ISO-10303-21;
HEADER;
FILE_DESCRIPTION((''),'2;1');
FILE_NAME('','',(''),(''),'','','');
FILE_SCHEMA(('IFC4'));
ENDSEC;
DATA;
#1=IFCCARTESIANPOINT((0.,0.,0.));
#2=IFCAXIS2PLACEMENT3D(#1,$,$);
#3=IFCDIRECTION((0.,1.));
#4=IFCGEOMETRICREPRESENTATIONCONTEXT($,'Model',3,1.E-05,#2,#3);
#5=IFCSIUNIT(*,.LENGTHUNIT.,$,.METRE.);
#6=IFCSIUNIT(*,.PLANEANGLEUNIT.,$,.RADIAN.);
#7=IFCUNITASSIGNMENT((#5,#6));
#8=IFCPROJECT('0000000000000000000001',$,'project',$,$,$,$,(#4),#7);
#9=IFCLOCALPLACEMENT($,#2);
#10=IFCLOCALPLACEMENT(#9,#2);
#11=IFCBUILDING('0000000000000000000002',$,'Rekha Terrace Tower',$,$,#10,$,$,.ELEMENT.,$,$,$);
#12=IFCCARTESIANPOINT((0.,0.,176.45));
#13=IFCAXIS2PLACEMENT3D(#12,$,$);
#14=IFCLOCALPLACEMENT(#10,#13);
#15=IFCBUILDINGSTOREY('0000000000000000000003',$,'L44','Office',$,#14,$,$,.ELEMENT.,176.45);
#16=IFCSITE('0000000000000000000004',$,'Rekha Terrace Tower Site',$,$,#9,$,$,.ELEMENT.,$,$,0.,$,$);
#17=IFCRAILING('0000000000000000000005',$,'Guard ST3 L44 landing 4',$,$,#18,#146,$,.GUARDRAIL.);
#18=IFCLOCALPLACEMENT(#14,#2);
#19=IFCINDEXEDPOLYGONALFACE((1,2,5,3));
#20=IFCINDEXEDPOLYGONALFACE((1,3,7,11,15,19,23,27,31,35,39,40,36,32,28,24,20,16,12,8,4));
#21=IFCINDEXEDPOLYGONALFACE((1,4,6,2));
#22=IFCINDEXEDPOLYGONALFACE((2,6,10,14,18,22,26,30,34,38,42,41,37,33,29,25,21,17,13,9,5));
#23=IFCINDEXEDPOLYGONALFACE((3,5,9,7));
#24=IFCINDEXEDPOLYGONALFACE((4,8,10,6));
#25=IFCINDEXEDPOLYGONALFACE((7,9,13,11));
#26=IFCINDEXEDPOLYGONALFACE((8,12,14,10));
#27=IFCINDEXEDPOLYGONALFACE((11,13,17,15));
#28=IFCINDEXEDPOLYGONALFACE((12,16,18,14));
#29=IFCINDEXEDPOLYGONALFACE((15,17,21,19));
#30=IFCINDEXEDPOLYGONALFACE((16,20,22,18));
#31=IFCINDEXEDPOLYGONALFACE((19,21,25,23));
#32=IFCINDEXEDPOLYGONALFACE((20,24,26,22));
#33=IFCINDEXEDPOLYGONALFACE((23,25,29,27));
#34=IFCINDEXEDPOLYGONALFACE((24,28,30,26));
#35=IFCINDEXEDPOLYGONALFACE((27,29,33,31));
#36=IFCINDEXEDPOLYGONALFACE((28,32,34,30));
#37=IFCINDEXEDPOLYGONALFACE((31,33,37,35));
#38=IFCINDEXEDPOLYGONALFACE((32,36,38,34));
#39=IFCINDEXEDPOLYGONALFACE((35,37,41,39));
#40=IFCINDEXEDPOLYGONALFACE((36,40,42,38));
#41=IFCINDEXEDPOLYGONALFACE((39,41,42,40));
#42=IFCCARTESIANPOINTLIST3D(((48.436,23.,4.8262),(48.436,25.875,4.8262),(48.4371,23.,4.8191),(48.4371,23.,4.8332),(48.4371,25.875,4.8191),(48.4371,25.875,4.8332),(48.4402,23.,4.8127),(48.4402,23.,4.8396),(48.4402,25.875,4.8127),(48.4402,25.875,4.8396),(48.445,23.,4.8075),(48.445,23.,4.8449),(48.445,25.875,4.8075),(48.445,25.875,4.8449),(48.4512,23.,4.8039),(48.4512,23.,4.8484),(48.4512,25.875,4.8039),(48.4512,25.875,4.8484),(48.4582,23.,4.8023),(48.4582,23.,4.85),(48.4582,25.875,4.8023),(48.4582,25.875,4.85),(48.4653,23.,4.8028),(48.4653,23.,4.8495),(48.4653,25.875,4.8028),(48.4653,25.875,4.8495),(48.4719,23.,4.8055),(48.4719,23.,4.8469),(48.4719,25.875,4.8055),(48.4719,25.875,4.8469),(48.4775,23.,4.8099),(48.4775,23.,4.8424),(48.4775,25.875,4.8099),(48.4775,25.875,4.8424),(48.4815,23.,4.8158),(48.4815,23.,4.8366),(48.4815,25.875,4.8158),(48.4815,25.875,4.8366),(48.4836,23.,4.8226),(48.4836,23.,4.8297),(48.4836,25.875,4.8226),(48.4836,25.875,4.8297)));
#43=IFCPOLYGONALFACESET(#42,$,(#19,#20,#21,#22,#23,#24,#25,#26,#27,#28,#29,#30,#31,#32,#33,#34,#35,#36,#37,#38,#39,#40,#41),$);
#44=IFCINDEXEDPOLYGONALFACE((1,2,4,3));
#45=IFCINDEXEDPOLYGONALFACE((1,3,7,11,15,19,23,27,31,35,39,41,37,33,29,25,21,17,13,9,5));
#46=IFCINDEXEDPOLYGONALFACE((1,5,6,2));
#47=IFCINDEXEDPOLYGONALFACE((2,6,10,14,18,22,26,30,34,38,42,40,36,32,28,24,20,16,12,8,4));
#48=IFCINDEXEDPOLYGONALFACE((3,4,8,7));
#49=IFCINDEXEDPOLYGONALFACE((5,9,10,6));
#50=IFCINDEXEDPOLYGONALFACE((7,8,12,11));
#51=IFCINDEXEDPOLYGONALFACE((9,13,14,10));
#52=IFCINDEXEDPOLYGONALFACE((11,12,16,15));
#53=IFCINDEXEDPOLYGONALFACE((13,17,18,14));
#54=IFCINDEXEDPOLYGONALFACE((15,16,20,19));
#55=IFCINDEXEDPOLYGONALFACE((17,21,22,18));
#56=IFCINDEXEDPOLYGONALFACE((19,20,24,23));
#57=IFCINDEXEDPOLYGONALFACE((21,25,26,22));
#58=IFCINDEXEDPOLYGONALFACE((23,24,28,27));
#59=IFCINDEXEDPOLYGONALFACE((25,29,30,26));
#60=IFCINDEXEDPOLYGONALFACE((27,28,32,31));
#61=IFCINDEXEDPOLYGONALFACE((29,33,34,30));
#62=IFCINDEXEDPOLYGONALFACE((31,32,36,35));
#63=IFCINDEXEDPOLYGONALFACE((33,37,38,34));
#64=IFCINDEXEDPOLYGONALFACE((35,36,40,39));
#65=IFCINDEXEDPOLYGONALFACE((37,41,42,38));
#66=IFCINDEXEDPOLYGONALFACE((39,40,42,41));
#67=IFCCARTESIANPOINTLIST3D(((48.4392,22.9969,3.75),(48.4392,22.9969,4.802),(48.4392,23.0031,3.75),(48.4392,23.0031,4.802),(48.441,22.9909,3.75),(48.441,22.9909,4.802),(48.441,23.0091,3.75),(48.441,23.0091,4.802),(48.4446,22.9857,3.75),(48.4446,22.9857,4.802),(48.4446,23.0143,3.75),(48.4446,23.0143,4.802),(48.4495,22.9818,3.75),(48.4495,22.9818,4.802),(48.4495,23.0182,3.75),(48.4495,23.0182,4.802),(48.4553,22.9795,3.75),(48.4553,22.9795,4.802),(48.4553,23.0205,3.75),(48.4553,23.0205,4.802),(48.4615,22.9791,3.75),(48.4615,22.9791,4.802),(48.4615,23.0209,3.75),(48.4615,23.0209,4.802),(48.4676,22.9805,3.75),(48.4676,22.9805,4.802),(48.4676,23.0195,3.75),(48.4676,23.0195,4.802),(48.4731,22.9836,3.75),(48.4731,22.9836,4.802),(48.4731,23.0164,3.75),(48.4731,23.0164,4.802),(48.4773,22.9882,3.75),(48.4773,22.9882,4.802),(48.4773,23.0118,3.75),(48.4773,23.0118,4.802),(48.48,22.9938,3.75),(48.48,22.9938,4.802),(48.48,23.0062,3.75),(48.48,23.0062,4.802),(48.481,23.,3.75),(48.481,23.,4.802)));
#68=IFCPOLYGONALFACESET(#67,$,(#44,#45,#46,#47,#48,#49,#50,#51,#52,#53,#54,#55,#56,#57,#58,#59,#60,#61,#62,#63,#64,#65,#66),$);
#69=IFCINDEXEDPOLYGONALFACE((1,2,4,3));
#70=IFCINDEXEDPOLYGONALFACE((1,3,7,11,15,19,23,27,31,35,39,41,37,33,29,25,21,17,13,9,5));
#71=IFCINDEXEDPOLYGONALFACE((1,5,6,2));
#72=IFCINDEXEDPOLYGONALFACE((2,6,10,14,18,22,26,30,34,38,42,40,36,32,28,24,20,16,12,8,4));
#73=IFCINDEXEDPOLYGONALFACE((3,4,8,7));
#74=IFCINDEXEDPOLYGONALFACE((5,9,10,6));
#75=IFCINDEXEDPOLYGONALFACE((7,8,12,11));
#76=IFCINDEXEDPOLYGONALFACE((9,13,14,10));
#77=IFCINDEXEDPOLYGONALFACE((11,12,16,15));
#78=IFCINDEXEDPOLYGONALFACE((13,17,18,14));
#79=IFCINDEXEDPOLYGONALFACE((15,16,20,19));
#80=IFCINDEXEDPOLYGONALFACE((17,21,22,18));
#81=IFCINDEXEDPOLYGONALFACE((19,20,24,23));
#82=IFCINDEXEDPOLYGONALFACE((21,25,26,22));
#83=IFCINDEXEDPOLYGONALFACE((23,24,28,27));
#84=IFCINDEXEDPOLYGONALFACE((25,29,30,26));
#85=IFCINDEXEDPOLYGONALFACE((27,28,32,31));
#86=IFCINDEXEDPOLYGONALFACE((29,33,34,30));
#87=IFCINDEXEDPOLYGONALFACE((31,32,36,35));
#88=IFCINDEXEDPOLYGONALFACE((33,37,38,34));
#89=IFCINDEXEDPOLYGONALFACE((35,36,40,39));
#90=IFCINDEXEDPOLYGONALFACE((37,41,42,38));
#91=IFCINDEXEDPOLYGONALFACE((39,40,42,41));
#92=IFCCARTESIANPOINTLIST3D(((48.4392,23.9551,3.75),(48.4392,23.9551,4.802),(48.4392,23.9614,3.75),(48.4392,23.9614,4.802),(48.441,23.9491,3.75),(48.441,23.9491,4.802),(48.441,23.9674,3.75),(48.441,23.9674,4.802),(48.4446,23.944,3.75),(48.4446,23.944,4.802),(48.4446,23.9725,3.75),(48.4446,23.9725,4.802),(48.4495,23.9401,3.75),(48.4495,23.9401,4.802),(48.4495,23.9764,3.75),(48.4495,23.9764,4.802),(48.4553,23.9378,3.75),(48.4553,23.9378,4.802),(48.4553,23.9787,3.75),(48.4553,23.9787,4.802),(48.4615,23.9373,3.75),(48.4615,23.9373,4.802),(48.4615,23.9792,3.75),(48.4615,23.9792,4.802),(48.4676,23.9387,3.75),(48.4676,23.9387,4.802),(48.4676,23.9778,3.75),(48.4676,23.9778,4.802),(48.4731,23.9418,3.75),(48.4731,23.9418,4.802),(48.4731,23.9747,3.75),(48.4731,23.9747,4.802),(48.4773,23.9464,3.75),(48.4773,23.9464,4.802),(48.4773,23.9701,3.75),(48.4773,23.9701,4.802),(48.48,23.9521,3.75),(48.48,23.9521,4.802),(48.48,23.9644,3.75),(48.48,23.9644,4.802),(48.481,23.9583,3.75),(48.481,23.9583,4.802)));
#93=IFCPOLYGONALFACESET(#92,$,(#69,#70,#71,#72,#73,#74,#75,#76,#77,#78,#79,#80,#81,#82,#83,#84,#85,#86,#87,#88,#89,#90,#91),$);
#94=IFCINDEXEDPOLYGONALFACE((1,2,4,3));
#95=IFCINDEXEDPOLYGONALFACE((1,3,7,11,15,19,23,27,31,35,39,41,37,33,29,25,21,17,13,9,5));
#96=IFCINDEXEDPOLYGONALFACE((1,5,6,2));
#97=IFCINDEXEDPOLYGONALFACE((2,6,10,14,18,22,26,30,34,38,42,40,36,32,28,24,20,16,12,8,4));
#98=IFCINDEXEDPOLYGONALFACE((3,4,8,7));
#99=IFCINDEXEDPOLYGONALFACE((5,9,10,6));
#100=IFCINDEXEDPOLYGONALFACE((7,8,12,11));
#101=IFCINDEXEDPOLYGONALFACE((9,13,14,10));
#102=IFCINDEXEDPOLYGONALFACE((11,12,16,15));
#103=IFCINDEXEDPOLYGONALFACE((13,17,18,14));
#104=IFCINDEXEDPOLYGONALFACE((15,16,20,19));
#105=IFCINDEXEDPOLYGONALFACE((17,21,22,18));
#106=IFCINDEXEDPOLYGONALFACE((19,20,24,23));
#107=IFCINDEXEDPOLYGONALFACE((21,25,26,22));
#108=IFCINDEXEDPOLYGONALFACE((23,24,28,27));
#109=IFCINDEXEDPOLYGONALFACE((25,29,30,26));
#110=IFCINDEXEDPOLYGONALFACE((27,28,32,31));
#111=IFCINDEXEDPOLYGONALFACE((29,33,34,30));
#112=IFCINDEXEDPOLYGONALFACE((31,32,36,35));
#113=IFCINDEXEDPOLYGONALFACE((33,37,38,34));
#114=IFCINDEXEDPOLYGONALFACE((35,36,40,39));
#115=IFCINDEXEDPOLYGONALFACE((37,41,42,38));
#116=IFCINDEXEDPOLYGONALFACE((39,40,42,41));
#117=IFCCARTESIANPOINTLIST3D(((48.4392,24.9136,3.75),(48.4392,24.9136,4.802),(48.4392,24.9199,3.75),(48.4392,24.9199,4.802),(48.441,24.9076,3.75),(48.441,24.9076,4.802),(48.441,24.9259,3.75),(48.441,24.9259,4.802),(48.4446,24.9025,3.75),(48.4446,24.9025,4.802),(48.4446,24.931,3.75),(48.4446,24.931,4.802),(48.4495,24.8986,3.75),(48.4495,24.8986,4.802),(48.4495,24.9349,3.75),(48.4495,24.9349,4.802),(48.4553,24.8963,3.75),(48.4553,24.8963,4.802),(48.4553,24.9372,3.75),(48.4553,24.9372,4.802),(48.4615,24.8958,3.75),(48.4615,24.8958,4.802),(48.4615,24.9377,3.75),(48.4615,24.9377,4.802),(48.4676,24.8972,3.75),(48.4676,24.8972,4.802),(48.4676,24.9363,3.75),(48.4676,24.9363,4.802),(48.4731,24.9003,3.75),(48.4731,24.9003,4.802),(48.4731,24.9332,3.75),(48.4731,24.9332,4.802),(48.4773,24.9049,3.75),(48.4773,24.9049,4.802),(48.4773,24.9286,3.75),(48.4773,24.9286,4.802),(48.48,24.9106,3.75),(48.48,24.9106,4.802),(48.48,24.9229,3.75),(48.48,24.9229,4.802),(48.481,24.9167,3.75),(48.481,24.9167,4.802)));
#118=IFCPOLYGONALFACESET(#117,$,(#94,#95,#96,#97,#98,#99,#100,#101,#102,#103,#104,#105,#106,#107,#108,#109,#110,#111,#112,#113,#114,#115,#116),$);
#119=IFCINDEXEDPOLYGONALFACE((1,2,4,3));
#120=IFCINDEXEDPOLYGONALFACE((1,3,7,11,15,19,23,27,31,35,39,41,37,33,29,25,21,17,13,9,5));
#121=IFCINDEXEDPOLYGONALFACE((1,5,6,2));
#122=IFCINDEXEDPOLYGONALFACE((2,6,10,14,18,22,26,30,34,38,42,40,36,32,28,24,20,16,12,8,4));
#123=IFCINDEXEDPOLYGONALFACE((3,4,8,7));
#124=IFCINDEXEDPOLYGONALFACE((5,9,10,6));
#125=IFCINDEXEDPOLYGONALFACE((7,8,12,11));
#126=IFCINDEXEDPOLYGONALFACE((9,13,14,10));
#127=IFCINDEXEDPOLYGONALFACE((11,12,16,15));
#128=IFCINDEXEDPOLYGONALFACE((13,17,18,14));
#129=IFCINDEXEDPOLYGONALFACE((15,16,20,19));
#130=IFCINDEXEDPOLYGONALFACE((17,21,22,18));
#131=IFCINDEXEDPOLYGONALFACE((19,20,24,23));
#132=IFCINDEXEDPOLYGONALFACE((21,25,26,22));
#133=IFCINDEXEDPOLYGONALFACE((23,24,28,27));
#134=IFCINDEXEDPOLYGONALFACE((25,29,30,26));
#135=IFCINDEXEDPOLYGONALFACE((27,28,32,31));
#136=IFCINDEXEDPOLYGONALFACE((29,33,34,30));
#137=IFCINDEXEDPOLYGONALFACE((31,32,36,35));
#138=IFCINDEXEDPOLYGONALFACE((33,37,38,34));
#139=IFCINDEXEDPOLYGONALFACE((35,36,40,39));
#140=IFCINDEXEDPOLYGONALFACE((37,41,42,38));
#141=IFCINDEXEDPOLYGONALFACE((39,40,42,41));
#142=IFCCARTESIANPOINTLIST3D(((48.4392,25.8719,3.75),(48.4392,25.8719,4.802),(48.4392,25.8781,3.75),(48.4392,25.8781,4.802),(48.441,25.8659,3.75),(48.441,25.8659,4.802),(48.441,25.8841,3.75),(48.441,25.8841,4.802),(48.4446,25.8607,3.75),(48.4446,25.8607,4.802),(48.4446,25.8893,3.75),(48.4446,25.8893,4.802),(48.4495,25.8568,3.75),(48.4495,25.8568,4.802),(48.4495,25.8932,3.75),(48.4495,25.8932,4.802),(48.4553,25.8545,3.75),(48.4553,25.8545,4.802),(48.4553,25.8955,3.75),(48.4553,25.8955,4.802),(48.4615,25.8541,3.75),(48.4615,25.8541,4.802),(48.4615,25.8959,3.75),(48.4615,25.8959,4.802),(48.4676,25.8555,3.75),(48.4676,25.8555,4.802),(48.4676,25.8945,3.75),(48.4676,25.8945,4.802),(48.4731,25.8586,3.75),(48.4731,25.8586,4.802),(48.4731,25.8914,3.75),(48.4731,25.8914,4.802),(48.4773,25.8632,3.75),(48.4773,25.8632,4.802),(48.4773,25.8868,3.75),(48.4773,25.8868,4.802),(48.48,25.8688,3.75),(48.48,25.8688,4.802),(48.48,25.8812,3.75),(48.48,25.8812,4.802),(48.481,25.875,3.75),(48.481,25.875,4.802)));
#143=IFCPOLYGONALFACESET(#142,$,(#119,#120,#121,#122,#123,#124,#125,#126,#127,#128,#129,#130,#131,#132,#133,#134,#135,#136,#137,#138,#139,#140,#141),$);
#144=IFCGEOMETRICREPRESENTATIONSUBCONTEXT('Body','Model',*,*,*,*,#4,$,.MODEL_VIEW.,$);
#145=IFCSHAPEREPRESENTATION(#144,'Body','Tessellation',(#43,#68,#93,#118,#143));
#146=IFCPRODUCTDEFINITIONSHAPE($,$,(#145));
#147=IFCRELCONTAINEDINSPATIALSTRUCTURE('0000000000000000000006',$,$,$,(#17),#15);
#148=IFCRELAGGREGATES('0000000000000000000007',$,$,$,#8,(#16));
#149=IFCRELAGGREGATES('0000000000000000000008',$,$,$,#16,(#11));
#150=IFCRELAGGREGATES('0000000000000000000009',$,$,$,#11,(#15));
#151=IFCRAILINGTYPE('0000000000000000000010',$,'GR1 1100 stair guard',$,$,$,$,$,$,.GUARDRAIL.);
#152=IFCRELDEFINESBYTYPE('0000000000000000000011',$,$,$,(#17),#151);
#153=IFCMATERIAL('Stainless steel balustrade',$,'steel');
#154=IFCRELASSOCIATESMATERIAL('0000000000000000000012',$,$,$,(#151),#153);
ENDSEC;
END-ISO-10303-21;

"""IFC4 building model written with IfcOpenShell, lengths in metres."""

from ifc_helpers import new_model, si_unit, direction, frame, origin, origin_2d, place, context, subcontext, project, spatial, circle, extrude, material, type_object, element, save


model = new_model("IFC4")

# Units and contexts
model_context = context("Model", 3, precision=1e-05, world=origin(), true_north=direction((0.0, 1.0)))
body_context = subcontext(model_context, "Body", "Model", "MODEL_VIEW")
ifc_project = project(units=[si_unit("LENGTHUNIT", "METRE"), si_unit("PLANEANGLEUNIT", "RADIAN")], contexts=[model_context])

# Site, building, storey
site_placement = place(None, origin())
site = spatial("IfcSite", under=ifc_project, at=site_placement, Name="Rekha Terrace Tower Site", CompositionType="ELEMENT", RefElevation=0.0)
building_placement = place(site_placement, origin())
building = spatial("IfcBuilding", under=site, at=building_placement, Name="Rekha Terrace Tower", CompositionType="ELEMENT")
storey_placement = place(building_placement, frame((0.0, 0.0, 176.45)))
storey = spatial("IfcBuildingStorey", under=building, at=storey_placement, Name="L44", Description="Office", CompositionType="ELEMENT", Elevation=176.45)

# Railing
ifc_material_1 = material(Name="Stainless steel balustrade", Category="steel")
railing_type_1 = type_object("IfcRailingType", Name="GR1 1100 stair guard", PredefinedType="GUARDRAIL", material=ifc_material_1)
railing_1_placement = place(storey_placement, frame((48.46, 23.0, 3.75)))
element("IfcRailing", 1, at=railing_1_placement, inside=storey, type_object=railing_type_1, Name="Guard ST3 L44 landing 4", PredefinedType="GUARDRAIL", context=body_context, shape_type="SweptSolid", body=[
    extrude(circle(Radius=0.0239, at=origin_2d()), frame((0.0, 0.0, 1.0762), z_axis=(0.0, 1.0, 0.0), x_axis=(-1.0, 0.0, 0.0)), (0.0, 0.0, 1.0), 2.875),
    extrude(circle(Radius=0.021, at=origin_2d()), origin(), (0.0, 0.0, 1.0), 1.052),
    extrude(circle(Radius=0.021, at=origin_2d()), frame((0.0, 0.9583, 0.0)), (0.0, 0.0, 1.0), 1.052),
    extrude(circle(Radius=0.021, at=origin_2d()), frame((0.0, 1.9167, 0.0)), (0.0, 0.0, 1.0), 1.052),
    extrude(circle(Radius=0.021, at=origin_2d()), frame((0.0, 2.875, 0.0)), (0.0, 0.0, 1.0), 1.052),
])

save(model, "model.ifc")
